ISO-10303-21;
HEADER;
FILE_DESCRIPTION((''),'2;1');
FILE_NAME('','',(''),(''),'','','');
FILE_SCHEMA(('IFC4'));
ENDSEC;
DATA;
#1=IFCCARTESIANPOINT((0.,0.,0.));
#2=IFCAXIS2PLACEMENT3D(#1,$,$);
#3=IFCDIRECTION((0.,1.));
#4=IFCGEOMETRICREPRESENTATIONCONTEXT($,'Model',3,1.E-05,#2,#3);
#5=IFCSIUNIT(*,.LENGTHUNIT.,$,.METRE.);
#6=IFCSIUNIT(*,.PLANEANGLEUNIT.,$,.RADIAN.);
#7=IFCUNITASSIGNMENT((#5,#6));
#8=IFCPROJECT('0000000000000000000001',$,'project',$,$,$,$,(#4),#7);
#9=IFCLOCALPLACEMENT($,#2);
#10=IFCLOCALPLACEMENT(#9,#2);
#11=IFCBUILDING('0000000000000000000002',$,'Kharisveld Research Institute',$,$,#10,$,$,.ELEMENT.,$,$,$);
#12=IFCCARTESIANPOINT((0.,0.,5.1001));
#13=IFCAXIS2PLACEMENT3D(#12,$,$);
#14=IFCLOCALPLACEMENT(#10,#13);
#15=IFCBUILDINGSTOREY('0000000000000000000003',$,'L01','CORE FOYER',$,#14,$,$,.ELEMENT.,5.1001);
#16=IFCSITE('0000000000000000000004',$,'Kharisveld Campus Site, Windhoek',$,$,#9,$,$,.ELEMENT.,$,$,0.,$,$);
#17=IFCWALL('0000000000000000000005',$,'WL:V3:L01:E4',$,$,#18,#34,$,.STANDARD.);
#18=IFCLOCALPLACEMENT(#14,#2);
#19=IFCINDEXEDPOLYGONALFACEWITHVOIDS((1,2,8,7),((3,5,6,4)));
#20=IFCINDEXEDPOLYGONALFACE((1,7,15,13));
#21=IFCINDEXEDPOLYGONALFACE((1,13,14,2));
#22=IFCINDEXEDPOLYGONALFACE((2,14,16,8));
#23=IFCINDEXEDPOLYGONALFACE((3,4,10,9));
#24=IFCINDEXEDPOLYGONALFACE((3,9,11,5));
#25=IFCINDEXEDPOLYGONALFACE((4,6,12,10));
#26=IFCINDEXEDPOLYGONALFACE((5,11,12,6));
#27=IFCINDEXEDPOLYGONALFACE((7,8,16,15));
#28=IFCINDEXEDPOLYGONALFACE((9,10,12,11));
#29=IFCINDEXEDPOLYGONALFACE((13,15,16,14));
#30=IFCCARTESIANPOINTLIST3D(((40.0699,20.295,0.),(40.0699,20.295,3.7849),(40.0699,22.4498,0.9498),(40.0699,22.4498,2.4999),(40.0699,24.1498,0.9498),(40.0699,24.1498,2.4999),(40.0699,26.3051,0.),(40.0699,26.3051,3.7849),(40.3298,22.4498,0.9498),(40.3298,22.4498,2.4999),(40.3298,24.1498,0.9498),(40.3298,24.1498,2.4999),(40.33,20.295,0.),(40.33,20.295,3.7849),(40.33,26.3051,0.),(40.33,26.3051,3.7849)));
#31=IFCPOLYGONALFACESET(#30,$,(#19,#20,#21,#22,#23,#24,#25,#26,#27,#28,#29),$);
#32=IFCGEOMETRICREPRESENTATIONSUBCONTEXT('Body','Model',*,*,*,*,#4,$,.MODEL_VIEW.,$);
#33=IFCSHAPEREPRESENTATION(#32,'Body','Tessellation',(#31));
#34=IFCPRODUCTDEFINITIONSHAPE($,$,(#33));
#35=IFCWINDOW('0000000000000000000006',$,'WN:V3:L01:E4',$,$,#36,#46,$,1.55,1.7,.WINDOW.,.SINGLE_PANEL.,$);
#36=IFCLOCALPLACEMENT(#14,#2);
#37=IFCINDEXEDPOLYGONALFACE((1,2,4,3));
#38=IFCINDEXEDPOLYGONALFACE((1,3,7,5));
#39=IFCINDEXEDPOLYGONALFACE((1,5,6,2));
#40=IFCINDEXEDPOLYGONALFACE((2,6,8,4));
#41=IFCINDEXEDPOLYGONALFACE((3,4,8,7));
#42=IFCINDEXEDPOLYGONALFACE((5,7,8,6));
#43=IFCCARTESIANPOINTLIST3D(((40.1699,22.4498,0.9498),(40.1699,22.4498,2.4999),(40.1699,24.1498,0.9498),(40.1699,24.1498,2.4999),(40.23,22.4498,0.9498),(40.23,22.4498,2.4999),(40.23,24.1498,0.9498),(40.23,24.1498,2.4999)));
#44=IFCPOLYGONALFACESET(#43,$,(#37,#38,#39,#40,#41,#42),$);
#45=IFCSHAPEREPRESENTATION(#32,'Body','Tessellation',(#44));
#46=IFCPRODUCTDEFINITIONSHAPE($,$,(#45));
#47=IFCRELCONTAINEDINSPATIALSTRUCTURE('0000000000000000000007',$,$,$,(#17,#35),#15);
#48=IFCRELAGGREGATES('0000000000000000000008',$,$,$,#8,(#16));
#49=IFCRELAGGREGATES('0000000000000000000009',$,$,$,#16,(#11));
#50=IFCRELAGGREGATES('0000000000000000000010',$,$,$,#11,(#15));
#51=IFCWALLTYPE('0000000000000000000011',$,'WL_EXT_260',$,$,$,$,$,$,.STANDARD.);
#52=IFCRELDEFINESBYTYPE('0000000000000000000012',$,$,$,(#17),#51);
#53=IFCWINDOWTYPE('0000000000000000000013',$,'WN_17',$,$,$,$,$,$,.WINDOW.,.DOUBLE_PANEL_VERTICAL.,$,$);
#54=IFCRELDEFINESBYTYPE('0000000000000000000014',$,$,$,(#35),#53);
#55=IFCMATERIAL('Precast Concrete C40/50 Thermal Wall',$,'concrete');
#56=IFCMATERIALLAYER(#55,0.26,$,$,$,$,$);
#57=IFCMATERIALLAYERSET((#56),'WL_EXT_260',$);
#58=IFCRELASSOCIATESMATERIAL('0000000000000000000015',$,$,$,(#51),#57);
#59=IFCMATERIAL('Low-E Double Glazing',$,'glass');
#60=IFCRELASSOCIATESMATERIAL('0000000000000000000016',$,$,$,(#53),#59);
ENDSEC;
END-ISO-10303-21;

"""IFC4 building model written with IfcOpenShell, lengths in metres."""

from ifc_helpers import new_model, si_unit, direction, frame, frame_2d, origin, place, context, subcontext, project, spatial, rectangle, extrude, material, layer, layer_set, type_object, element, fill, save


model = new_model("IFC4")

# Units and contexts
model_context = context("Model", 3, precision=1e-05, world=origin(), true_north=direction((0.0, 1.0)))
body_context = subcontext(model_context, "Body", "Model", "MODEL_VIEW")
ifc_project = project(units=[si_unit("LENGTHUNIT", "METRE"), si_unit("PLANEANGLEUNIT", "RADIAN")], contexts=[model_context])

# Site, building, storey
site_placement = place(None, origin())
site = spatial("IfcSite", under=ifc_project, at=site_placement, Name="Kharisveld Campus Site, Windhoek", CompositionType="ELEMENT", RefElevation=0.0)
building_placement = place(site_placement, origin())
building = spatial("IfcBuilding", under=site, at=building_placement, Name="Kharisveld Research Institute", CompositionType="ELEMENT")
storey_placement = place(building_placement, frame((0.0, 0.0, 5.1001)))
storey = spatial("IfcBuildingStorey", under=building, at=storey_placement, Name="L01", Description="CORE FOYER", CompositionType="ELEMENT", Elevation=5.1001)

# Wall, opening, window
ifc_material_1 = material(Name="Precast Concrete C40/50 Thermal Wall", Category="concrete")
ifc_layer_1 = layer(ifc_material_1, 0.26)
ifc_layer_set_1 = layer_set([ifc_layer_1], Name="WL_EXT_260")
wall_type = type_object("IfcWallType", Name="WL_EXT_260", PredefinedType="STANDARD", material=ifc_layer_set_1)
wall_placement = place(storey_placement, frame((40.2, 26.3049, 0.0), z_axis=(0.0, 0.0, 1.0), x_axis=(0.0, -1.0, 0.0)))
wall = element("IfcWall", 1, at=wall_placement, inside=storey, type_object=wall_type, Name="WL:V3:L01:E4", PredefinedType="STANDARD", context=body_context, shape_type="SweptSolid", body=[
    extrude(rectangle(XDim=6.01, YDim=0.26, at=frame_2d((3.0049, 0.0))), origin(), (0.0, 0.0, 1.0), 3.7849),
])
opening_placement = place(wall_placement, frame((2.155, 0.0, 0.95)))
opening = element("IfcOpeningElement", 2, at=opening_placement, cuts=wall, PredefinedType="OPENING", context=body_context, shape_type="SweptSolid", body=[
    extrude(rectangle(XDim=1.7, YDim=1.55, at=frame_2d((0.8501, 0.7749))), frame((0.0, 0.1299, 0.0), z_axis=(0.0, -1.0, 0.0), x_axis=(1.0, 0.0, 0.0)), (0.0, 0.0, 1.0), 0.26),
])
ifc_material_2 = material(Name="Low-E Double Glazing", Category="glass")
window_type = type_object("IfcWindowType", Name="WN_17", PartitioningType="DOUBLE_PANEL_VERTICAL", PredefinedType="WINDOW", material=ifc_material_2)
window_placement = place(opening_placement, origin())
window = element("IfcWindow", 3, at=window_placement, inside=storey, type_object=window_type, Name="WN:V3:L01:E4", OverallHeight=1.55, OverallWidth=1.7, PartitioningType="SINGLE_PANEL", PredefinedType="WINDOW", context=body_context, shape_type="SweptSolid", body=[
    extrude(rectangle(XDim=1.7, YDim=1.55, at=frame_2d((0.8501, 0.7749))), frame((0.0, 0.03, 0.0), z_axis=(0.0, -1.0, 0.0), x_axis=(1.0, 0.0, 0.0)), (0.0, 0.0, 1.0), 0.0601),
])
fill(opening, window)

save(model, "model.ifc")
